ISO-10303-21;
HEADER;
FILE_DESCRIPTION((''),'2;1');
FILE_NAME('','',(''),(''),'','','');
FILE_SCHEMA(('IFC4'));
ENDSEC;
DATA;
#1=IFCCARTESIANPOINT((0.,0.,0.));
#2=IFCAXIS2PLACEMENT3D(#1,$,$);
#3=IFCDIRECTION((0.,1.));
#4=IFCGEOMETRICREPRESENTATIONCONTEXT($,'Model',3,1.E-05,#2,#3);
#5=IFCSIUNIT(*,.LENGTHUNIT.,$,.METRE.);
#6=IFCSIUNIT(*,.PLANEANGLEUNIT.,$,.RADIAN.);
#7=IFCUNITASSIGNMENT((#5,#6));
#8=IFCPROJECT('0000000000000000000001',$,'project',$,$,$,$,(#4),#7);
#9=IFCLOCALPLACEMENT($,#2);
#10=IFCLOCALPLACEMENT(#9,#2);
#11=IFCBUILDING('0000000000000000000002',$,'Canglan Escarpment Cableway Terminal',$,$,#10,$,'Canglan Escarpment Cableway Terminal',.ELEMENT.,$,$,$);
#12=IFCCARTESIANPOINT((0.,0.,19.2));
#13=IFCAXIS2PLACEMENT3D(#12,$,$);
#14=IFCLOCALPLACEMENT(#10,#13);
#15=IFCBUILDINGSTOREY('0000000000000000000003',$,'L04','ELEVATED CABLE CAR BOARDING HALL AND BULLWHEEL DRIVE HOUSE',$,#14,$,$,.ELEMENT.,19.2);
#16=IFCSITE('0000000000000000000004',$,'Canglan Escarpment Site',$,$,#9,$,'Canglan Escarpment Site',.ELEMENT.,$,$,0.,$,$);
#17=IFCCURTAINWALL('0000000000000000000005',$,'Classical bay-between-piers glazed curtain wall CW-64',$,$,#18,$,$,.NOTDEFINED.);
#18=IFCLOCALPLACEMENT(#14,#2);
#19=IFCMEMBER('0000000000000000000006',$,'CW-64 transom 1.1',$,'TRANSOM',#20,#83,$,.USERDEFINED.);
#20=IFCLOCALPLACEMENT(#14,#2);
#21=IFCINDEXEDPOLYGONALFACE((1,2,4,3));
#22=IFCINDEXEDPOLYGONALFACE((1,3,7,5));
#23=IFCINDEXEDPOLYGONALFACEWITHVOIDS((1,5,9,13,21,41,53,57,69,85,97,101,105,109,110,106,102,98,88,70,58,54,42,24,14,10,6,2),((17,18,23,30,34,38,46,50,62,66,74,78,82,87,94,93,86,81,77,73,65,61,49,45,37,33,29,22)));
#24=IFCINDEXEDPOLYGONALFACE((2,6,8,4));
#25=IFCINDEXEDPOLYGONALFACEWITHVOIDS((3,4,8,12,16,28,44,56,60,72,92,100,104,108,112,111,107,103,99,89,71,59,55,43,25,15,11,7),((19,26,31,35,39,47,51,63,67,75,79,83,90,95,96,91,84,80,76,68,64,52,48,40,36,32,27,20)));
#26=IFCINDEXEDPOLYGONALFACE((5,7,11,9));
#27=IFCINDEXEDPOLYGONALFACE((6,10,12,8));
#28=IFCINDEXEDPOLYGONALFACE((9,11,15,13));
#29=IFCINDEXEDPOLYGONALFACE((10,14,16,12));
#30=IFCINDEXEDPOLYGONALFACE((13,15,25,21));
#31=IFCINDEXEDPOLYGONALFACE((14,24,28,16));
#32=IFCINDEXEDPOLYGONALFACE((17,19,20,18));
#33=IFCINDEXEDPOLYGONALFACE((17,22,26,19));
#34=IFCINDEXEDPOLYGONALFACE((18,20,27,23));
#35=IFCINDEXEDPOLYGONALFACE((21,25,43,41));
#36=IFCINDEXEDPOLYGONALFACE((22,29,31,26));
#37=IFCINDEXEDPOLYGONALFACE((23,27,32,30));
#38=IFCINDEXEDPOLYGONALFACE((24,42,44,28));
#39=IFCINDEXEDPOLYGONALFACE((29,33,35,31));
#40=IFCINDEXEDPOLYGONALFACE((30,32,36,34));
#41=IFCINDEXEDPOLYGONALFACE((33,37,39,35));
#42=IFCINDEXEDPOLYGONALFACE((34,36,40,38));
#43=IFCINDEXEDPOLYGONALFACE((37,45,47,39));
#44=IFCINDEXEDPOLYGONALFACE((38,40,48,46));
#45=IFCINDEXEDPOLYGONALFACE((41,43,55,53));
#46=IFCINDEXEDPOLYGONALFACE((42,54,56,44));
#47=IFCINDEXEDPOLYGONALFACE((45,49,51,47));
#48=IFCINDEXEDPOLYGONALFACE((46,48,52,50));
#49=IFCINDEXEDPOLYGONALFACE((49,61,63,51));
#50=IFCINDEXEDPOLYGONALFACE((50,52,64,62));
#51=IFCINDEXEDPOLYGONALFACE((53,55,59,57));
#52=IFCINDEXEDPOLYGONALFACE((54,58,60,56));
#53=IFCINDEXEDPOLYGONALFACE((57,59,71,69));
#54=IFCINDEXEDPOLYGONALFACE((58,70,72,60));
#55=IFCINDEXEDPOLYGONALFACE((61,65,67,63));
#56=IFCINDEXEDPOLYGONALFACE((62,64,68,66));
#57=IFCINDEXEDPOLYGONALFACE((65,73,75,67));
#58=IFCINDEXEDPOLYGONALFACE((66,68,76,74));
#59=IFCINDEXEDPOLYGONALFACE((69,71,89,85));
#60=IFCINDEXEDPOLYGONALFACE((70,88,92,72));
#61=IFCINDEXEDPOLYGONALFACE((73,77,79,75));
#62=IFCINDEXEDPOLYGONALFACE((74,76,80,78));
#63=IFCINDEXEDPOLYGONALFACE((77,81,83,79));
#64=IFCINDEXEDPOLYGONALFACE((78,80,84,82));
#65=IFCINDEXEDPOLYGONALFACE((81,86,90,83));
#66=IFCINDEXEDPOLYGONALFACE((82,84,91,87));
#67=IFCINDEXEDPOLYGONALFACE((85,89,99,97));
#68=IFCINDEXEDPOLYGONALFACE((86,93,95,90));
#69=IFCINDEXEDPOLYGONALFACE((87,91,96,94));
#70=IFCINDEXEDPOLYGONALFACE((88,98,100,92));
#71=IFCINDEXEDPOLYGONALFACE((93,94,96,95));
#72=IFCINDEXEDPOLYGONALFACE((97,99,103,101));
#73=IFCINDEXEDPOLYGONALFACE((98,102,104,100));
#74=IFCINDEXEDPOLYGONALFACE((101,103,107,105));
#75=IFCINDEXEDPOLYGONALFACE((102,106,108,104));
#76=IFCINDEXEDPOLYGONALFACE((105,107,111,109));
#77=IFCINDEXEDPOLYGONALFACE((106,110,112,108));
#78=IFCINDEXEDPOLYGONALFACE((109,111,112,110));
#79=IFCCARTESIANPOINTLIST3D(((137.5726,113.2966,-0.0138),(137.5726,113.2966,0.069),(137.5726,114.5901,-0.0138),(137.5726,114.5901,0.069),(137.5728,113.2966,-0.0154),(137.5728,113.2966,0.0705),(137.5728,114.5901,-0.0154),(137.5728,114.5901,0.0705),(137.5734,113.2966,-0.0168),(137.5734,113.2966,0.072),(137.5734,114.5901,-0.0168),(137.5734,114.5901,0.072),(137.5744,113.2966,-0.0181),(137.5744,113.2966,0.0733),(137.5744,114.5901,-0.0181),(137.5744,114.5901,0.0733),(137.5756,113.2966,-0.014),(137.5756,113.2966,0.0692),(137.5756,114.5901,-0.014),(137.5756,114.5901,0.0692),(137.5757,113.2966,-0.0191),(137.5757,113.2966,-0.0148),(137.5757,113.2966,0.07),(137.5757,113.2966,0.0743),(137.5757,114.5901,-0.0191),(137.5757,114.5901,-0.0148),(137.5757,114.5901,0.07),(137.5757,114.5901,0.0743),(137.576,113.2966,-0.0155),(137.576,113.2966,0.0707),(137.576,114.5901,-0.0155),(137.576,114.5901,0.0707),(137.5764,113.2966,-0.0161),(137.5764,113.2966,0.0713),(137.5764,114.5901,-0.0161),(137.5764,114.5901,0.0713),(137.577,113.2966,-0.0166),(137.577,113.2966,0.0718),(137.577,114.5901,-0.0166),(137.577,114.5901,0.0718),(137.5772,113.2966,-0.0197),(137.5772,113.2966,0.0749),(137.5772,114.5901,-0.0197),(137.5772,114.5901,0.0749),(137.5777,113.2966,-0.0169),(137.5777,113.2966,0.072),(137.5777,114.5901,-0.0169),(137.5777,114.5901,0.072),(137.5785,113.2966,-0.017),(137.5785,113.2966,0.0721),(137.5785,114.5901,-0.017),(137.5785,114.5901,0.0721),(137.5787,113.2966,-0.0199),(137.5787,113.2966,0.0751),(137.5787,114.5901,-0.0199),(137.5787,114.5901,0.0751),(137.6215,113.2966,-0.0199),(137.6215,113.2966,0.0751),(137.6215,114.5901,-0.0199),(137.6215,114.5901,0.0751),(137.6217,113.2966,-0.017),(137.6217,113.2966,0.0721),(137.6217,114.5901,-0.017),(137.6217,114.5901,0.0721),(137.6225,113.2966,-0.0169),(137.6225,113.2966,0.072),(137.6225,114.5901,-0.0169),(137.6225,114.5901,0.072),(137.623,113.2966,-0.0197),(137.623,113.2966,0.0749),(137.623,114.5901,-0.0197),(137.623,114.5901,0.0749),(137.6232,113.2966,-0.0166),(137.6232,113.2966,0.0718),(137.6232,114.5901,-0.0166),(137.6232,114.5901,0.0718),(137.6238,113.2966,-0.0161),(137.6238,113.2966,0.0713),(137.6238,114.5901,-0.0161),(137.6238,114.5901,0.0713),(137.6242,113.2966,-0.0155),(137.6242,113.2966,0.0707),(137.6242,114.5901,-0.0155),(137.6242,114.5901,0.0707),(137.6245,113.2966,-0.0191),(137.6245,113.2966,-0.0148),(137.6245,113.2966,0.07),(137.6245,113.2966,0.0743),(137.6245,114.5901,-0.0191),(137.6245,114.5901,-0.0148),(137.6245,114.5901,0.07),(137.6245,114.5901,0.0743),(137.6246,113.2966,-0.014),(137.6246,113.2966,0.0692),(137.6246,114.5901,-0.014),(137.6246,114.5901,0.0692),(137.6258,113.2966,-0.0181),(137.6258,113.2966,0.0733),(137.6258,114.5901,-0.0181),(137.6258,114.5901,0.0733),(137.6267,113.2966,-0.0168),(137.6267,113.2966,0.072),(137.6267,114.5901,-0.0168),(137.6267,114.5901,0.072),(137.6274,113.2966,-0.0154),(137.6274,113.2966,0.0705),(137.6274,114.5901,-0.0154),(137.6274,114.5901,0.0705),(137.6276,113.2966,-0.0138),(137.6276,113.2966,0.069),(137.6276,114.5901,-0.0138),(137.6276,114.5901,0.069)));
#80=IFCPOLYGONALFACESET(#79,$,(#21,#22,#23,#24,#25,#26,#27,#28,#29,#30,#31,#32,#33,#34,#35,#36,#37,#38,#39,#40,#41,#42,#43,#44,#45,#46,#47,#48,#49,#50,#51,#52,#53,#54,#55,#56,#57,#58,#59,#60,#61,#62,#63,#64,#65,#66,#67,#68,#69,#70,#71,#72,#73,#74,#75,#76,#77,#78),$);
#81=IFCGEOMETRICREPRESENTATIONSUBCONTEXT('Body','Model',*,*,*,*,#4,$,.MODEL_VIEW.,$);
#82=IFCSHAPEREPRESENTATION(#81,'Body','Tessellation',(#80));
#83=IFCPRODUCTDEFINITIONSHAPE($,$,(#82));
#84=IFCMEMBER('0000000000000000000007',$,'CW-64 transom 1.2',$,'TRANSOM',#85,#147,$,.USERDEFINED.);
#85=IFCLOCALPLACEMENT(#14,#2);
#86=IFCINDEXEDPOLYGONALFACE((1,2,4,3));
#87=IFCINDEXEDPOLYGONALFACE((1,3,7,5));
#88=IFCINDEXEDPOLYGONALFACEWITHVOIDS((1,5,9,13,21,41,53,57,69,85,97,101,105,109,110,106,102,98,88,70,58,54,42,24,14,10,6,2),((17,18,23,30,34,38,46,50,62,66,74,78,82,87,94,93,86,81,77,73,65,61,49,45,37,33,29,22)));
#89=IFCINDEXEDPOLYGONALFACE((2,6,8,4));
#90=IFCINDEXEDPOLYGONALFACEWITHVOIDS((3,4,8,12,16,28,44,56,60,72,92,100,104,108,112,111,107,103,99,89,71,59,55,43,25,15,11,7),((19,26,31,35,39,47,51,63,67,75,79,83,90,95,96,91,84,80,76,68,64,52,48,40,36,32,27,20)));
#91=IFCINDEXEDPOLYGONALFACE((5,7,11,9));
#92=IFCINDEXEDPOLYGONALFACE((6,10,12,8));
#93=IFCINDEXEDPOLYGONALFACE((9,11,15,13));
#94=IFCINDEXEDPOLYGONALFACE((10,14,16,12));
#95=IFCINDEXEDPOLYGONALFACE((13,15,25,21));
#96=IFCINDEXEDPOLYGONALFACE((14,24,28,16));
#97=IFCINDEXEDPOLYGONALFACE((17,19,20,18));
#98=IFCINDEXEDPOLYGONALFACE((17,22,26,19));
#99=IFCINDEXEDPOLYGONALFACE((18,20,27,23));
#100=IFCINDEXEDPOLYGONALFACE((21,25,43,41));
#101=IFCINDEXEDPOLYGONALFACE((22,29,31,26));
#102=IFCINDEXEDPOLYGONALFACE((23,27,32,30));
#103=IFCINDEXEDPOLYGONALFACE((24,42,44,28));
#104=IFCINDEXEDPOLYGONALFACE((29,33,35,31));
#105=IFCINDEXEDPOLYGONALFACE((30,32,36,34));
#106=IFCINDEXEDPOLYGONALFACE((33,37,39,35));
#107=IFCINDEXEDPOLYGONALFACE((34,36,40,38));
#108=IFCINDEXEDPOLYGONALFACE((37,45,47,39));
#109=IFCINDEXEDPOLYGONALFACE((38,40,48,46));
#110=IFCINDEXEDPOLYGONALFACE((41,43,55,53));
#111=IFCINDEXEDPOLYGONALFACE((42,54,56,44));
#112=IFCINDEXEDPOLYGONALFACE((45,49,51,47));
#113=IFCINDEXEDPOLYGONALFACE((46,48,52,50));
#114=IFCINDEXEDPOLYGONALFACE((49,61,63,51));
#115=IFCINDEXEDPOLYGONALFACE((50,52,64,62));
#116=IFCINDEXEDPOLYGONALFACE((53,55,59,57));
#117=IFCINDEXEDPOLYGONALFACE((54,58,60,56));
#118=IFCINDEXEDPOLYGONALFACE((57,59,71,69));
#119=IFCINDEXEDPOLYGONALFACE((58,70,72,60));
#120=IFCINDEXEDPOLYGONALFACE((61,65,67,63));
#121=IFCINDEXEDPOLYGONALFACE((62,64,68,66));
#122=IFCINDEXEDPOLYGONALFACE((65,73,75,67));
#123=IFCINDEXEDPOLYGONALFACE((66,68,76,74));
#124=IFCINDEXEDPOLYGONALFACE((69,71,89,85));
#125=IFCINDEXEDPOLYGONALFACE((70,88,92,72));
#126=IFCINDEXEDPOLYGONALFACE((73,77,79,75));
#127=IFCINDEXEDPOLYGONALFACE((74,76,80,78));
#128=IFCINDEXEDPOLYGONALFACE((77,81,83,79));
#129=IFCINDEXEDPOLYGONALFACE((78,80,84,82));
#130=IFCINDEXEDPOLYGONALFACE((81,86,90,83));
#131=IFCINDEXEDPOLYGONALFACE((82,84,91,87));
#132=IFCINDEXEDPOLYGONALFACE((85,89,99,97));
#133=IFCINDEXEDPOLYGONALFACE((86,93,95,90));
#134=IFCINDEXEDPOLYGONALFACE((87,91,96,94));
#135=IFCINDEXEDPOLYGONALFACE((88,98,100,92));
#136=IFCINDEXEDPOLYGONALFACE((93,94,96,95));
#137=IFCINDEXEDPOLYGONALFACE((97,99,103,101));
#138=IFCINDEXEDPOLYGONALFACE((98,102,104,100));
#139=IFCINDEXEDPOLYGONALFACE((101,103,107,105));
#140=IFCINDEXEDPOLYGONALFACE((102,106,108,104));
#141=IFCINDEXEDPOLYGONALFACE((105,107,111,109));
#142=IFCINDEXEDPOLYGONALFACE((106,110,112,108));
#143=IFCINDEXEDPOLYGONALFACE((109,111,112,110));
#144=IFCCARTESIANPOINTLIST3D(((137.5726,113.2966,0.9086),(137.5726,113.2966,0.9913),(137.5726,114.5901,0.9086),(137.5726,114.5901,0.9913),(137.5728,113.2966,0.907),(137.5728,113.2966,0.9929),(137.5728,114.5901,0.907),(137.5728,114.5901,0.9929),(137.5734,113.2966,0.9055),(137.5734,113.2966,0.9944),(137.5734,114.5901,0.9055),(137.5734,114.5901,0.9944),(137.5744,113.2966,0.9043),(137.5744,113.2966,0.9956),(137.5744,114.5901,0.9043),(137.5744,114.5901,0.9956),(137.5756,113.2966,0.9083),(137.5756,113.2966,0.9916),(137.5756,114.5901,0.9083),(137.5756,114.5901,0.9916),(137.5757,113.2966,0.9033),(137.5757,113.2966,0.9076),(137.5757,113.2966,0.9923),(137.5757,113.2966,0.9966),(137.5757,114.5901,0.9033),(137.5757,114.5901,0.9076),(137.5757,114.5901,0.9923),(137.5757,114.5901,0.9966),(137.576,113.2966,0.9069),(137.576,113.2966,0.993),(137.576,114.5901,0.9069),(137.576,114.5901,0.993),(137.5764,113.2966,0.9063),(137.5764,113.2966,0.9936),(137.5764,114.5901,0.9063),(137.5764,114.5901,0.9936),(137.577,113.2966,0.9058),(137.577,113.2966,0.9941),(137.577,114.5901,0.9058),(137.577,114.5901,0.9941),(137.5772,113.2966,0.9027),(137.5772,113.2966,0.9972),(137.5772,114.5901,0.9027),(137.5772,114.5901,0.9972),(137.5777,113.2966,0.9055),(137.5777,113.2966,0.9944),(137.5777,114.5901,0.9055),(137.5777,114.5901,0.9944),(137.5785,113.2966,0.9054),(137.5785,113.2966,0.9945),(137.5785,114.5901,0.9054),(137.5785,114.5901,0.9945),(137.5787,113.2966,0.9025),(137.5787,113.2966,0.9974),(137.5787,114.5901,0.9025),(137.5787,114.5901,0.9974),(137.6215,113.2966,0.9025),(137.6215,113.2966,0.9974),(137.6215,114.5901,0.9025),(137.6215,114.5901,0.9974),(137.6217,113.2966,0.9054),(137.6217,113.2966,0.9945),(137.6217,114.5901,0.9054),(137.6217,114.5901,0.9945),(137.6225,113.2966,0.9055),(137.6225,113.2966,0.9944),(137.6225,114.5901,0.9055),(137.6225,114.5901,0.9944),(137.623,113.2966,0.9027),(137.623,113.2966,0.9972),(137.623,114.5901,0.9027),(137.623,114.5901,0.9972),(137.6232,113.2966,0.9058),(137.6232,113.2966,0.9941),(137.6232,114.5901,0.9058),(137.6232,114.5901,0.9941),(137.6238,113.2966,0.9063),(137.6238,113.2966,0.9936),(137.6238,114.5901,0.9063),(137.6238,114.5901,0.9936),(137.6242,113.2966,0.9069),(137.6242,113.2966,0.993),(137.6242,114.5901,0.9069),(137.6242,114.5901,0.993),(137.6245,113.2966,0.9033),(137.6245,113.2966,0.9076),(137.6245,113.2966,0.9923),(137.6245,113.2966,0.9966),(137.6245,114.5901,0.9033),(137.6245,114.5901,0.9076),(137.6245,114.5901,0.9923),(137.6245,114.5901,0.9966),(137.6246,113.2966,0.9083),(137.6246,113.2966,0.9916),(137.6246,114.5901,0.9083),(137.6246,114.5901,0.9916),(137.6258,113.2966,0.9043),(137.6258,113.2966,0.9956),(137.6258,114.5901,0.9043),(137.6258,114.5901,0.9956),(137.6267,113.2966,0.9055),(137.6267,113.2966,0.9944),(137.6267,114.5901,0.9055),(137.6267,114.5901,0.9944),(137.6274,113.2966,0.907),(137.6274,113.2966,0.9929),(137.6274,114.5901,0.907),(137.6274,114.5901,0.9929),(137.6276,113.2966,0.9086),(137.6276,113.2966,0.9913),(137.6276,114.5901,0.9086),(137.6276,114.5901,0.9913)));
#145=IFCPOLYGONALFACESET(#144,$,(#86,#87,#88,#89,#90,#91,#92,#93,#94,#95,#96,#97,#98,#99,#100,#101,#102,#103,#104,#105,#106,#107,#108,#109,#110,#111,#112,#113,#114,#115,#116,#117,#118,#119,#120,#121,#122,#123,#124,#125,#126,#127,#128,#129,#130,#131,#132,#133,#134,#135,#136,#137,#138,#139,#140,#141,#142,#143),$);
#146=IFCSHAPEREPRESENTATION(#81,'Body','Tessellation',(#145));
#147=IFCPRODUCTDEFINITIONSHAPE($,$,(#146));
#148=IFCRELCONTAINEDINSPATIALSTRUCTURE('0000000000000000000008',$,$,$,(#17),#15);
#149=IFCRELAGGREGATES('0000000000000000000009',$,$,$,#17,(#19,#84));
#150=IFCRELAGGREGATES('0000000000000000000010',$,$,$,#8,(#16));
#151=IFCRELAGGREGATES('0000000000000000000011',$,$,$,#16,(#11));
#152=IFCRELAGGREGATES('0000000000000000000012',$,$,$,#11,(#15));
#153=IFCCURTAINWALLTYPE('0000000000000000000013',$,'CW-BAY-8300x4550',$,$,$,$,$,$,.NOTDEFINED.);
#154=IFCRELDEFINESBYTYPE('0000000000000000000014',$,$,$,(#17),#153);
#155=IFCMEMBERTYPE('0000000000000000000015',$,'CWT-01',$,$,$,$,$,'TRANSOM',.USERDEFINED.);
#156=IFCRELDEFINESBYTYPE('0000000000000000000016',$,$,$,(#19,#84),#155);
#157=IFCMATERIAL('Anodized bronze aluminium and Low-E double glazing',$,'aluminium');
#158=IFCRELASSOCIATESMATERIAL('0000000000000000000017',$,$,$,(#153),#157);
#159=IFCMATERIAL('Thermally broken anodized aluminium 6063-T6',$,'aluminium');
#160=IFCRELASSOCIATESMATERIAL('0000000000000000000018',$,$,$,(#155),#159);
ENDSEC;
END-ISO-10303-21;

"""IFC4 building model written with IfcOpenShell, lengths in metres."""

from ifc_helpers import new_model, si_unit, direction, frame, origin, origin_2d, place, context, subcontext, project, spatial, hollow_rectangle, extrude, material, material_profile, profile_set, type_object, element, aggregate, save


model = new_model("IFC4")

# Units and contexts
model_context = context("Model", 3, precision=1e-05, world=origin(), true_north=direction((0.0, 1.0)))
body_context = subcontext(model_context, "Body", "Model", "MODEL_VIEW")
ifc_project = project(units=[si_unit("LENGTHUNIT", "METRE"), si_unit("PLANEANGLEUNIT", "RADIAN")], contexts=[model_context])

# Site, building, storey
site_placement = place(None, origin())
site = spatial("IfcSite", under=ifc_project, at=site_placement, Name="Canglan Escarpment Site", LongName="Canglan Escarpment Site", CompositionType="ELEMENT", RefElevation=0.0)
building_placement = place(site_placement, origin())
building = spatial("IfcBuilding", under=site, at=building_placement, Name="Canglan Escarpment Cableway Terminal", LongName="Canglan Escarpment Cableway Terminal", CompositionType="ELEMENT")
storey_placement = place(building_placement, frame((0.0, 0.0, 19.2)))
storey = spatial("IfcBuildingStorey", under=building, at=storey_placement, Name="L04", Description="ELEVATED CABLE CAR BOARDING HALL AND BULLWHEEL DRIVE HOUSE", CompositionType="ELEMENT", Elevation=19.2)

# Curtain wall
ifc_material_1 = material(Name="Anodized bronze aluminium and Low-E double glazing", Category="aluminium")
curtain_wall_type_1 = type_object("IfcCurtainWallType", Name="CW-BAY-8300x4550", PredefinedType="NOTDEFINED", material=ifc_material_1)
curtain_wall_1_placement = place(storey_placement, origin())
curtain_wall_1 = element("IfcCurtainWall", 1, at=curtain_wall_1_placement, inside=storey, type_object=curtain_wall_type_1, Name="Classical bay-between-piers glazed curtain wall CW-64", PredefinedType="NOTDEFINED")
ifc_material_2 = material(Name="Thermally broken anodized aluminium 6063-T6", Category="aluminium")

# Members
ifc_material_profile_1 = material_profile(ifc_material_2, hollow_rectangle(XDim=0.0549, YDim=0.095, WallThickness=0.0029, InnerFilletRadius=0.0029, OuterFilletRadius=0.0061, at=origin_2d()), Name="ALU-TRAN 55x95x3")
ifc_profile_set_1 = profile_set([ifc_material_profile_1], Name="Thermally broken anodized aluminium 6063-T6")
member_type_1 = type_object("IfcMemberType", Name="CWT-01", ElementType="TRANSOM", PredefinedType="USERDEFINED", material=ifc_profile_set_1)
member_1_placement = place(storey_placement, frame((137.6001, 114.5901, 0.0276), z_axis=(0.0, -1.0, 0.0), x_axis=(1.0, 0.0, 0.0)))
member_1 = element("IfcMember", 2, at=member_1_placement, type_object=member_type_1, Name="CW-64 transom 1.1", ObjectType="TRANSOM", PredefinedType="USERDEFINED", context=body_context, shape_type="SweptSolid", body=[
    extrude(hollow_rectangle(XDim=0.0549, YDim=0.095, WallThickness=0.0029, InnerFilletRadius=0.0029, OuterFilletRadius=0.0061, at=origin_2d()), origin(), (0.0, 0.0, 1.0), 1.2935),
])
member_2_placement = place(storey_placement, frame((137.6001, 114.5901, 0.95), z_axis=(0.0, -1.0, 0.0), x_axis=(1.0, 0.0, 0.0)))
member_2 = element("IfcMember", 3, at=member_2_placement, type_object=member_type_1, Name="CW-64 transom 1.2", ObjectType="TRANSOM", PredefinedType="USERDEFINED", context=body_context, shape_type="SweptSolid", body=[
    extrude(hollow_rectangle(XDim=0.0549, YDim=0.095, WallThickness=0.0029, InnerFilletRadius=0.0029, OuterFilletRadius=0.0061, at=origin_2d()), origin(), (0.0, 0.0, 1.0), 1.2935),
])

aggregate(curtain_wall_1, [member_1, member_2])

save(model, "model.ifc")
